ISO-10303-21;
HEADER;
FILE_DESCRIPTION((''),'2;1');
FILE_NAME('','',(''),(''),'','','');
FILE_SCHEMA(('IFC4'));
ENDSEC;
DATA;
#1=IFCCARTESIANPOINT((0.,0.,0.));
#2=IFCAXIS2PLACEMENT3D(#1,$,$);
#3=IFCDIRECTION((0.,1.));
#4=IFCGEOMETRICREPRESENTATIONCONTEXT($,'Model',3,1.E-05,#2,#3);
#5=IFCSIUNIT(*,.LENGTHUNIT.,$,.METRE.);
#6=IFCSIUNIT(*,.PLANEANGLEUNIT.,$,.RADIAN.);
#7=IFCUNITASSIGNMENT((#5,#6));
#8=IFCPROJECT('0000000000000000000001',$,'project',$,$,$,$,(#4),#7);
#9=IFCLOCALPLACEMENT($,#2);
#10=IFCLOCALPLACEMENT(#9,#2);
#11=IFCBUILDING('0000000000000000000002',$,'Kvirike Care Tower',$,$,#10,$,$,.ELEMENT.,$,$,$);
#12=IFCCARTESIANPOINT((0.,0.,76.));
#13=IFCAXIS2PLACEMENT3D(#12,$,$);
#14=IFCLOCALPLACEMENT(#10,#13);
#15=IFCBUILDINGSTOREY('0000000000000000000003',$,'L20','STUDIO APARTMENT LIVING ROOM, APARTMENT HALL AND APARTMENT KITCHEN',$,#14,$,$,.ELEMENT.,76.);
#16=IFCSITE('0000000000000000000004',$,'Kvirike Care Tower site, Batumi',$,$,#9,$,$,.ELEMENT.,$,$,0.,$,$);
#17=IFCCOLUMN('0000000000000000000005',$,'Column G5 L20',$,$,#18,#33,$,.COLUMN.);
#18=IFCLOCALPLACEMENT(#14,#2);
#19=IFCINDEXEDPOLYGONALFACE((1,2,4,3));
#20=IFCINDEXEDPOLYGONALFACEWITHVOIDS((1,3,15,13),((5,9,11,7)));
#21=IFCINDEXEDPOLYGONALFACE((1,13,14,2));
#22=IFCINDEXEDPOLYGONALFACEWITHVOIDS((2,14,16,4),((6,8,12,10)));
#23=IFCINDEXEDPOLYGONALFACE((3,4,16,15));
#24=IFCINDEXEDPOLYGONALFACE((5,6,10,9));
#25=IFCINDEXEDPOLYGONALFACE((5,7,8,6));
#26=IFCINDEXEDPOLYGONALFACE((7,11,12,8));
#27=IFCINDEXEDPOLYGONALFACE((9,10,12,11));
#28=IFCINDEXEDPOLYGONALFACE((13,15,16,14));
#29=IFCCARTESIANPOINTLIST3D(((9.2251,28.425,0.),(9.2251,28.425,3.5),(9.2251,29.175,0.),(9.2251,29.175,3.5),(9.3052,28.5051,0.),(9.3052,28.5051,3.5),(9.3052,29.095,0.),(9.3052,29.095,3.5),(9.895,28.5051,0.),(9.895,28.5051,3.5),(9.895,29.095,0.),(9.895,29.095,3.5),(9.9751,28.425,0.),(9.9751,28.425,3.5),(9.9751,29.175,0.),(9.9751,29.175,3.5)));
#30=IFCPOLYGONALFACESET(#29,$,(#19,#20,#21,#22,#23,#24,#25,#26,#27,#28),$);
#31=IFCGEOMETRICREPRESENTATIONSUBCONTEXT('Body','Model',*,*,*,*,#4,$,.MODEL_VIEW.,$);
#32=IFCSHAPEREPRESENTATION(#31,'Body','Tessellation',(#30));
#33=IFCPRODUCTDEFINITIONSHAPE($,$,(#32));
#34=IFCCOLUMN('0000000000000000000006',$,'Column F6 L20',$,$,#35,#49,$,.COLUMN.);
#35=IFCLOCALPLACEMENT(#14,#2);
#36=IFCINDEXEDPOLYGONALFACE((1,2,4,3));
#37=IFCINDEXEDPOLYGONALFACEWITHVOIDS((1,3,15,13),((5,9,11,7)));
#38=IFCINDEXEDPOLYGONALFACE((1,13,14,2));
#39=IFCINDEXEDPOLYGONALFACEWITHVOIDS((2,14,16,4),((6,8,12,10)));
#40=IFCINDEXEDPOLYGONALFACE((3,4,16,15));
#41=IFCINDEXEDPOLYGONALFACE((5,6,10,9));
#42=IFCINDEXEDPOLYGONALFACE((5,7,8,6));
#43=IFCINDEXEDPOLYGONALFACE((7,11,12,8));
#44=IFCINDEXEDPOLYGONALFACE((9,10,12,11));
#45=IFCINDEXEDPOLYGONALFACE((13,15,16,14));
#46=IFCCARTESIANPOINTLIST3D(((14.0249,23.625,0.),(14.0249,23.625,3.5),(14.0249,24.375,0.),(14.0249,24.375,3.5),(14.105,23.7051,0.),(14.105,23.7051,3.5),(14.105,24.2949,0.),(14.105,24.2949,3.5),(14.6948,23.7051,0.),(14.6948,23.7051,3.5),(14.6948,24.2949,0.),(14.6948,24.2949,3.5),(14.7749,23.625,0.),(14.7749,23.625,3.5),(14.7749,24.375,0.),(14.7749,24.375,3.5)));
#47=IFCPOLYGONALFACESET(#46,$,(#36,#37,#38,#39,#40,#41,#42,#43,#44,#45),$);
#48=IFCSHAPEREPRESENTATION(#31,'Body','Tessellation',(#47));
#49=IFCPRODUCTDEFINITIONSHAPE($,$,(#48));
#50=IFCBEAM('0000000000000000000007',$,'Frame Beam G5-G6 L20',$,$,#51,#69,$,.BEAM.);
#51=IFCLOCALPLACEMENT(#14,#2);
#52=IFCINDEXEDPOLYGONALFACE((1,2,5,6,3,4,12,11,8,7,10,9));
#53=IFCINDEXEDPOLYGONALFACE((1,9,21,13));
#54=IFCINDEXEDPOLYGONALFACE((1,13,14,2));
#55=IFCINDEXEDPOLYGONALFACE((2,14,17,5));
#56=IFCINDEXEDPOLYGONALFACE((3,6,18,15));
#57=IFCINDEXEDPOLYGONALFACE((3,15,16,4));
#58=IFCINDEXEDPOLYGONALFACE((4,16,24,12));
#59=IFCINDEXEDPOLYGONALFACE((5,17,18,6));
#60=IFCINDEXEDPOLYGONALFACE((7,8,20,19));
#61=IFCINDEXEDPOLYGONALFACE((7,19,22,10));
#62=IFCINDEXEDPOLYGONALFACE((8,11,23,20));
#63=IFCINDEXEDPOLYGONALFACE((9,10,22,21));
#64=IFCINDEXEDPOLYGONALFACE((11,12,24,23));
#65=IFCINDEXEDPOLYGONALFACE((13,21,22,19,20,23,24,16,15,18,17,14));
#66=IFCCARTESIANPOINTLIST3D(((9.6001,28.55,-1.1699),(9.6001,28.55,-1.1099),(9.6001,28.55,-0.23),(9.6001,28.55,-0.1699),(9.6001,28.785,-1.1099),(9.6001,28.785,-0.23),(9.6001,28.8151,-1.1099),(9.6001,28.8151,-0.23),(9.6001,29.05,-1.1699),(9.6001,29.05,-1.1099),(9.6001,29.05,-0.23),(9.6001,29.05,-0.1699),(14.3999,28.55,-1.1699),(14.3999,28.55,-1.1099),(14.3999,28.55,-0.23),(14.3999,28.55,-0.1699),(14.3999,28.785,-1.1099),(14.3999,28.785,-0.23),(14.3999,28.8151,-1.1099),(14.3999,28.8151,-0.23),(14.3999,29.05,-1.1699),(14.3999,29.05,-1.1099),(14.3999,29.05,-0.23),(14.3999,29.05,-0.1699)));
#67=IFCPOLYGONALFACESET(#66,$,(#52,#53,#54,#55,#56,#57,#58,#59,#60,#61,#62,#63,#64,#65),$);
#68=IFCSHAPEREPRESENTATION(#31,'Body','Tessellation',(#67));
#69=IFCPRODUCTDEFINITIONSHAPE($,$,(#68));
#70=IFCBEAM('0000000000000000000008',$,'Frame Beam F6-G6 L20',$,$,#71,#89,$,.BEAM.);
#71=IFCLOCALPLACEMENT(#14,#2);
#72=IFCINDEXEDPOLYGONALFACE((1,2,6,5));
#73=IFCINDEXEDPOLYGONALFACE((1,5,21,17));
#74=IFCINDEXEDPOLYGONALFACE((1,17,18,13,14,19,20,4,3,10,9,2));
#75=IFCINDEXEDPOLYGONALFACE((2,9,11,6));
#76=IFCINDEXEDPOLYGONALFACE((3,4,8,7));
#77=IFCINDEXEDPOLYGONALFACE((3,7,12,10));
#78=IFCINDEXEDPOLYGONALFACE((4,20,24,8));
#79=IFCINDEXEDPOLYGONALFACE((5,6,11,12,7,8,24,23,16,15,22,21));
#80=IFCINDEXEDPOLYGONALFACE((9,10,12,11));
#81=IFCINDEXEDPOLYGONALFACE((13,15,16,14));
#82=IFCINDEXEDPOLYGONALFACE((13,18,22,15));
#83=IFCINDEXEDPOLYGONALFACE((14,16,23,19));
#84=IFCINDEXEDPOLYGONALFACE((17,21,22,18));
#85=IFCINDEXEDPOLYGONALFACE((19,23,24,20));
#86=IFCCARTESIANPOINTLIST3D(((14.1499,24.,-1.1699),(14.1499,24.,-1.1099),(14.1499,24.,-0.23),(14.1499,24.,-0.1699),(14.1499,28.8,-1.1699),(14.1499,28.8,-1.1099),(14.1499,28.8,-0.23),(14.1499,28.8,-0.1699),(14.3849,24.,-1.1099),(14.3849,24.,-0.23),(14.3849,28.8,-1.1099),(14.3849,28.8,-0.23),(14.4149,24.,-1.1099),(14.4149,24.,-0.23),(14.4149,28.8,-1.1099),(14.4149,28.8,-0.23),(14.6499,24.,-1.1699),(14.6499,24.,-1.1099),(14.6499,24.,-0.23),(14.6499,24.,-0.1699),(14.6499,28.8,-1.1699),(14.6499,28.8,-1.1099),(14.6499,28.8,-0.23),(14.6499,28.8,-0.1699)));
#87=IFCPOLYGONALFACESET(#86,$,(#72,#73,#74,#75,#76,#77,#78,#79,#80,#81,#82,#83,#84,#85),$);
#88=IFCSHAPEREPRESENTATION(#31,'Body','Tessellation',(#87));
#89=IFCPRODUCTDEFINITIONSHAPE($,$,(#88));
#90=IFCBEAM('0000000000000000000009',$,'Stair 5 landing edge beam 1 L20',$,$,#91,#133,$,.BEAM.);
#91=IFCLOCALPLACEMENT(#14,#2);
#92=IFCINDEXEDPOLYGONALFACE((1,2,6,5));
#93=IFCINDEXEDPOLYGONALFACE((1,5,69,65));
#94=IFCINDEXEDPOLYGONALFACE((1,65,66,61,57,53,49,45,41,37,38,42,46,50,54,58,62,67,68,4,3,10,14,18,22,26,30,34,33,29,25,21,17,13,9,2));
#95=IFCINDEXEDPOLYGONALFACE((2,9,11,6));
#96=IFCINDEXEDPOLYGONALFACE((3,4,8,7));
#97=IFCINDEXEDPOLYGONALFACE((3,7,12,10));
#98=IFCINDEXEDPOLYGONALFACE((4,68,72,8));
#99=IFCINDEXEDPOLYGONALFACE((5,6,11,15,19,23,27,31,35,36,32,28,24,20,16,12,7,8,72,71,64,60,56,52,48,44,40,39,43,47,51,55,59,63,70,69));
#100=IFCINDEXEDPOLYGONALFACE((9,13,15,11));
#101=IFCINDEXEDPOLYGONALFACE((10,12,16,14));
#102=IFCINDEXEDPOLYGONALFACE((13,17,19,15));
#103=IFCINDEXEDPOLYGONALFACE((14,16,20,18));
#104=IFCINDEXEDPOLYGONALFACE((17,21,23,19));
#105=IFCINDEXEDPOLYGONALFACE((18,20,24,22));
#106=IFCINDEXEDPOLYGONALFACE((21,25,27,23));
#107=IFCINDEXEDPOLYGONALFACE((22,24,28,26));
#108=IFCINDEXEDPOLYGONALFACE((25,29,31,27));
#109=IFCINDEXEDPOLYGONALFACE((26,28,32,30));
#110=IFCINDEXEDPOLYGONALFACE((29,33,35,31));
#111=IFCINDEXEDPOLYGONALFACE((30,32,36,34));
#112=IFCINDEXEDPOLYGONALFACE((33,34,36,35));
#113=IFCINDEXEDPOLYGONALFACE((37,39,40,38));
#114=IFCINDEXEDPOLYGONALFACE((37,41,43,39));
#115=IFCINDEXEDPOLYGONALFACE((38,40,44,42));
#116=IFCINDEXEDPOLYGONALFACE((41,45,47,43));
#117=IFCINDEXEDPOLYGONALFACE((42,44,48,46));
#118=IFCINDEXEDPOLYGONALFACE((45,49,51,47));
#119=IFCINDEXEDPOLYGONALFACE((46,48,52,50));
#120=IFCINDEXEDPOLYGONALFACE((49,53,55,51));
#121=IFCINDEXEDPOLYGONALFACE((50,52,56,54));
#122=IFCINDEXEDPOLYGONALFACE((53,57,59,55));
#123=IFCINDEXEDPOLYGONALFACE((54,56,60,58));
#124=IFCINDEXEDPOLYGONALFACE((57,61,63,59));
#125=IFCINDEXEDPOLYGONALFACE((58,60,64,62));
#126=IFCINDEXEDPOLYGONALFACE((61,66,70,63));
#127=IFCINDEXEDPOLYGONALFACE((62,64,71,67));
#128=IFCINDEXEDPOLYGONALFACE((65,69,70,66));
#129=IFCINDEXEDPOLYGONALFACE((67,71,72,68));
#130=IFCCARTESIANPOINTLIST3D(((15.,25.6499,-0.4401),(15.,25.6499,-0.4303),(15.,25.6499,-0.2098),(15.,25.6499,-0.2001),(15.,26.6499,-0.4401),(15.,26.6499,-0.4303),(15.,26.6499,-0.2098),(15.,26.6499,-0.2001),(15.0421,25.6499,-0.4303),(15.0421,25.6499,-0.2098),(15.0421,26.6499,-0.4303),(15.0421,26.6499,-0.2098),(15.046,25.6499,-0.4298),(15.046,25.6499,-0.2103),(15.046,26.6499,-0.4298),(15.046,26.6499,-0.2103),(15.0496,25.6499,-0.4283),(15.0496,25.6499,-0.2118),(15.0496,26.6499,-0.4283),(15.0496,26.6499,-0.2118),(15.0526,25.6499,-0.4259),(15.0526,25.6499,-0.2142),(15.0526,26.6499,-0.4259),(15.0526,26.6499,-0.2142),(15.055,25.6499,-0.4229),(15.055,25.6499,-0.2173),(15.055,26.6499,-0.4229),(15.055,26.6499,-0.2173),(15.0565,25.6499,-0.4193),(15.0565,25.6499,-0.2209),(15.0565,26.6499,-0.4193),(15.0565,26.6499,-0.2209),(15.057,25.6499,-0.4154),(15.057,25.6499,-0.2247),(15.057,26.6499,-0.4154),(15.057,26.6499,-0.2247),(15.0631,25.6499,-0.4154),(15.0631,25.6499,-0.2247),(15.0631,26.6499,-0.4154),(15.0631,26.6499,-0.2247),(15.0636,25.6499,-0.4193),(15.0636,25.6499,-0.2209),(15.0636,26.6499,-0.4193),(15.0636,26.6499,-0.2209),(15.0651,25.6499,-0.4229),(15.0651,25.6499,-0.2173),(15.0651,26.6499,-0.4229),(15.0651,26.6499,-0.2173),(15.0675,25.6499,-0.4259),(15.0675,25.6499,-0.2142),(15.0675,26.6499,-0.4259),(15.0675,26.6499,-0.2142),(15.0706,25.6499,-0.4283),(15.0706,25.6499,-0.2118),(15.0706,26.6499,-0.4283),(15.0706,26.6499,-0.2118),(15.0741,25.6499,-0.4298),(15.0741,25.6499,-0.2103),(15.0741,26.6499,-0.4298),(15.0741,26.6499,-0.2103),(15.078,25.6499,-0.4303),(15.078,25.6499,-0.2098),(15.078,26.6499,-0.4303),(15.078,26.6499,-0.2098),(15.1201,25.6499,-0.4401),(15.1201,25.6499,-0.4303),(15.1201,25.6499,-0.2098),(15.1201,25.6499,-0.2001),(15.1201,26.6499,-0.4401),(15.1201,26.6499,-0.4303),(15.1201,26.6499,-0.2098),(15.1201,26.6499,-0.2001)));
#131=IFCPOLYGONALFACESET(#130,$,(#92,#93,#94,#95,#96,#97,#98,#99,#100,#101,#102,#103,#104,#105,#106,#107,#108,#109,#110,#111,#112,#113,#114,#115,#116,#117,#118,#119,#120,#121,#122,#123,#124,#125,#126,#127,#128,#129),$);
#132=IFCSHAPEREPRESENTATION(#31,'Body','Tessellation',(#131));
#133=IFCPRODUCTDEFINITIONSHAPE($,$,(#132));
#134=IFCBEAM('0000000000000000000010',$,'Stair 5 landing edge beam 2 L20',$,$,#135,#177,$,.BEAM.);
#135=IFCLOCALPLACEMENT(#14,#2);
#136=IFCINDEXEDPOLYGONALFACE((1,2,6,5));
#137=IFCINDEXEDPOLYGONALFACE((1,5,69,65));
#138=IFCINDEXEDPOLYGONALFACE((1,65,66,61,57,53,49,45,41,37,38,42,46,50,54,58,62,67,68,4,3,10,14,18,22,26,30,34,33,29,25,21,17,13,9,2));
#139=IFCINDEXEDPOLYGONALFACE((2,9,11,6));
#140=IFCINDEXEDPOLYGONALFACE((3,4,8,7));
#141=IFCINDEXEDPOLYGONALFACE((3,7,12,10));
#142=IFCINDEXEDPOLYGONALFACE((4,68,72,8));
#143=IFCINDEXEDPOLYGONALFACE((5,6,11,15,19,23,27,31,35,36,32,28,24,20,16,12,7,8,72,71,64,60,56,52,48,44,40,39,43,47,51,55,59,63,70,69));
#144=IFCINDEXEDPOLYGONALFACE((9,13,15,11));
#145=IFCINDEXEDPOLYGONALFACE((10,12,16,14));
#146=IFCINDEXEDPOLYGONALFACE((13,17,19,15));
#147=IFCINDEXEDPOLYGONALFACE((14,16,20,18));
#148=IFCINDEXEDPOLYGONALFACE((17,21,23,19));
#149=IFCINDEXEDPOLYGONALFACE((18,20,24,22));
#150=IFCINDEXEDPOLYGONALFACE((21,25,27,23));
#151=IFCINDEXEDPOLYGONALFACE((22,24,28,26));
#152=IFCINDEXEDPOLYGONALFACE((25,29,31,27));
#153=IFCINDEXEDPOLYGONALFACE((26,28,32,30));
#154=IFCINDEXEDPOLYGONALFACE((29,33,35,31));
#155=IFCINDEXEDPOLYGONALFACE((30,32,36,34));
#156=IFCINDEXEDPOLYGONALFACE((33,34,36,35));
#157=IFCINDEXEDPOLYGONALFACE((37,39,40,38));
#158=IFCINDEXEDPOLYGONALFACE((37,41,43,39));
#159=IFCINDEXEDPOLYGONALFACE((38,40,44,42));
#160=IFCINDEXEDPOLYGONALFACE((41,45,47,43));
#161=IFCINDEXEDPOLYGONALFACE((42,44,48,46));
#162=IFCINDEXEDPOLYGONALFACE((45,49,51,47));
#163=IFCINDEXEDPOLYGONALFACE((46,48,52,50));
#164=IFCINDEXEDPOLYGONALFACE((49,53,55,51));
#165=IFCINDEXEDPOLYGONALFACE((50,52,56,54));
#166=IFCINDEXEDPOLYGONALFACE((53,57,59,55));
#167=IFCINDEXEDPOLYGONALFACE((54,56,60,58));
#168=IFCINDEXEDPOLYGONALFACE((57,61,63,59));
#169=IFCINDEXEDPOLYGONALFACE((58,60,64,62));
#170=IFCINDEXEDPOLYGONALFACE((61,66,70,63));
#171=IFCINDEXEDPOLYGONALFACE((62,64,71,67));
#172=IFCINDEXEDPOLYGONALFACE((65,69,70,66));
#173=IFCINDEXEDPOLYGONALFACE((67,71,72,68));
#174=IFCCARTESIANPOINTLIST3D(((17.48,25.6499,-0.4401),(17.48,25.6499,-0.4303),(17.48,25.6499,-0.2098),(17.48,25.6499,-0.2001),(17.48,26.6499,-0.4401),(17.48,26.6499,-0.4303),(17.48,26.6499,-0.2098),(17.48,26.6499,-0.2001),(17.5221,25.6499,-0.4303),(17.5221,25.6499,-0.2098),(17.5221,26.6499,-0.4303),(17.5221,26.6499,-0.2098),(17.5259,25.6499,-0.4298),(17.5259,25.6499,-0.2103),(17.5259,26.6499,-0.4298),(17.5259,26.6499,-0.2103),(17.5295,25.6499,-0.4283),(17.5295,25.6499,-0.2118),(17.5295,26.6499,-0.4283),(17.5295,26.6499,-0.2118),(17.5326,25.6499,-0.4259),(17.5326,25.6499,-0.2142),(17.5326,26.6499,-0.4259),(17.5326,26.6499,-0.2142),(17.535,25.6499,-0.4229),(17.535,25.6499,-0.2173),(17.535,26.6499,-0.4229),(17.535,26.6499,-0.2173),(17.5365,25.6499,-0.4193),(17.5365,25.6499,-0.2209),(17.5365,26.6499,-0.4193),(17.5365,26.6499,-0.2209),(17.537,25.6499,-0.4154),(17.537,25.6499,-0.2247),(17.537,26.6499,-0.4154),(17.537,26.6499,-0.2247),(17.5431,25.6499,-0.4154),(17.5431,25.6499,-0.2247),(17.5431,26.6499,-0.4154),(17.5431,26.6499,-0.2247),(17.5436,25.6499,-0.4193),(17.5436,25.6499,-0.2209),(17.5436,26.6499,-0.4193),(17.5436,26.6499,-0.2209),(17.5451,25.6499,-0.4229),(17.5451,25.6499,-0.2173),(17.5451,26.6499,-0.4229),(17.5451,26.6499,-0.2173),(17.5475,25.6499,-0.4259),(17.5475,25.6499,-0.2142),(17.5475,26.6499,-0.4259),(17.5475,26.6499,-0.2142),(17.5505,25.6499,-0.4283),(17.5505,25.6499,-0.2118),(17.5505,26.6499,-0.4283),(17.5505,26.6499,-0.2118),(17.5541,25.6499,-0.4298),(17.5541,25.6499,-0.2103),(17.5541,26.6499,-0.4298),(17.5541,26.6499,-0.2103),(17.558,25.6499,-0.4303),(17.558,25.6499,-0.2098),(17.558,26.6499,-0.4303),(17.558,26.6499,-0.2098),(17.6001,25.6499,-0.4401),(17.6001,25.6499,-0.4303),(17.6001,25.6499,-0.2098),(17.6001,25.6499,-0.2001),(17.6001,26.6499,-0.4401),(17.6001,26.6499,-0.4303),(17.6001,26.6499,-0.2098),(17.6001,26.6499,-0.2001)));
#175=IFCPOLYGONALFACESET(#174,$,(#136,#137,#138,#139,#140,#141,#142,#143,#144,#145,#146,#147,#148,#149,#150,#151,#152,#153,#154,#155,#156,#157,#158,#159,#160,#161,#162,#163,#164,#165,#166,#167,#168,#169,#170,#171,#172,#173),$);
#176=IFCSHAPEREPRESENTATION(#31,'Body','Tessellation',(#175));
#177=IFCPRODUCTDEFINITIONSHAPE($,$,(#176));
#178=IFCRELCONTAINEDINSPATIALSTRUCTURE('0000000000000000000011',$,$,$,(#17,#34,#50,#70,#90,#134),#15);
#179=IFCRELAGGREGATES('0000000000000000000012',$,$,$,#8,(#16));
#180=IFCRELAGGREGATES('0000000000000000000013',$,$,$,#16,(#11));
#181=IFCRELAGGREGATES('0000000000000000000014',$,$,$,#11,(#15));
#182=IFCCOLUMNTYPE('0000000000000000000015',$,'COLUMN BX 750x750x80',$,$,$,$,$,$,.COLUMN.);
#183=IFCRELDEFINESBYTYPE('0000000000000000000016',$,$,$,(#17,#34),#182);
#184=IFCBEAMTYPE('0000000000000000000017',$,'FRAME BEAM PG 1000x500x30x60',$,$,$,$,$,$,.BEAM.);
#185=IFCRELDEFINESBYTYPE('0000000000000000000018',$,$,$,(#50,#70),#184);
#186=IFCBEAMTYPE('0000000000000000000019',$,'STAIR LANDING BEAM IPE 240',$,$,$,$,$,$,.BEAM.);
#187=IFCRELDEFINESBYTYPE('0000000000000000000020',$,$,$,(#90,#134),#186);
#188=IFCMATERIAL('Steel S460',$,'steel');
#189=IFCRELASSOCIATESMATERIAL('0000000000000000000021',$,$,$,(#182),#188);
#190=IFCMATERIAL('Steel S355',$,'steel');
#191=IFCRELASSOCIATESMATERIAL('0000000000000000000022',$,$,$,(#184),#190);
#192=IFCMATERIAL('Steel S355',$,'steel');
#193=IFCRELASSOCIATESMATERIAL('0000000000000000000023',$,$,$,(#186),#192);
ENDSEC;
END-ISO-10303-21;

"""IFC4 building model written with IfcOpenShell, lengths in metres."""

from ifc_helpers import new_model, si_unit, direction, frame, origin, origin_2d, place, context, subcontext, project, spatial, hollow_rectangle, i_section, extrude, material, material_profile, profile_set, type_object, element, save


model = new_model("IFC4")

# Units and contexts
model_context = context("Model", 3, precision=1e-05, world=origin(), true_north=direction((0.0, 1.0)))
body_context = subcontext(model_context, "Body", "Model", "MODEL_VIEW")
ifc_project = project(units=[si_unit("LENGTHUNIT", "METRE"), si_unit("PLANEANGLEUNIT", "RADIAN")], contexts=[model_context])

# Site, building, storey
site_placement = place(None, origin())
site = spatial("IfcSite", under=ifc_project, at=site_placement, Name="Kvirike Care Tower site, Batumi", CompositionType="ELEMENT", RefElevation=0.0)
building_placement = place(site_placement, origin())
building = spatial("IfcBuilding", under=site, at=building_placement, Name="Kvirike Care Tower", CompositionType="ELEMENT")
storey_placement = place(building_placement, frame((0.0, 0.0, 76.0)))
storey = spatial("IfcBuildingStorey", under=building, at=storey_placement, Name="L20", Description="STUDIO APARTMENT LIVING ROOM, APARTMENT HALL AND APARTMENT KITCHEN", CompositionType="ELEMENT", Elevation=76.0)

# Columns
ifc_material_1 = material(Name="Steel S460", Category="steel")
ifc_material_profile_1 = material_profile(ifc_material_1, hollow_rectangle(XDim=0.75, YDim=0.75, WallThickness=0.0801, at=origin_2d()), Name="BX 750x750x80")
ifc_profile_set_1 = profile_set([ifc_material_profile_1], Name="Steel S460")
column_type = type_object("IfcColumnType", Name="COLUMN BX 750x750x80", PredefinedType="COLUMN", material=ifc_profile_set_1)
for number, where, z_axis, x_axis, name in (
    (1, (9.6001, 28.8, 0.0), (0.0, 0.0, 1.0), (0.0, 1.0, 0.0), "Column G5 L20"),
    (2, (14.3999, 24.0, 0.0), (0.0, 0.0, 1.0), (1.0, 0.0, 0.0), "Column F6 L20"),
):
    element("IfcColumn", number, at=place(storey_placement, frame(where, z_axis=z_axis, x_axis=x_axis)), inside=storey, type_object=column_type, Name=name, PredefinedType="COLUMN", context=body_context, shape_type="SweptSolid", body=[
        extrude(hollow_rectangle(XDim=0.75, YDim=0.75, WallThickness=0.0801, at=origin_2d()), origin(), (0.0, 0.0, 1.0), 3.5),
    ])

# Beams
ifc_material_2 = material(Name="Steel S355", Category="steel")
ifc_material_profile_2 = material_profile(ifc_material_2, i_section(OverallWidth=0.5, OverallDepth=1.0, WebThickness=0.03, FlangeThickness=0.0601, at=origin_2d()), Name="PG 1000x500x30x60")
ifc_profile_set_2 = profile_set([ifc_material_profile_2], Name="Steel S355")
beam_type_1 = type_object("IfcBeamType", Name="FRAME BEAM PG 1000x500x30x60", PredefinedType="BEAM", material=ifc_profile_set_2)
beam_1_placement = place(storey_placement, frame((9.6001, 28.8, -0.6699), z_axis=(1.0, 0.0, 0.0), x_axis=(0.0, 1.0, 0.0)))
element("IfcBeam", 3, at=beam_1_placement, inside=storey, type_object=beam_type_1, Name="Frame Beam G5-G6 L20", PredefinedType="BEAM", context=body_context, shape_type="SweptSolid", body=[
    extrude(i_section(OverallWidth=0.5, OverallDepth=1.0, WebThickness=0.03, FlangeThickness=0.0601, at=origin_2d()), origin(), (0.0, 0.0, 1.0), 4.7998),
])
beam_2_placement = place(storey_placement, frame((14.3999, 24.0, -0.6699), z_axis=(0.0, 1.0, 0.0), x_axis=(-1.0, 0.0, 0.0)))
element("IfcBeam", 4, at=beam_2_placement, inside=storey, type_object=beam_type_1, Name="Frame Beam F6-G6 L20", PredefinedType="BEAM", context=body_context, shape_type="SweptSolid", body=[
    extrude(i_section(OverallWidth=0.5, OverallDepth=1.0, WebThickness=0.03, FlangeThickness=0.0601, at=origin_2d()), origin(), (0.0, 0.0, 1.0), 4.8),
])
ifc_material_3 = material(Name="Steel S355", Category="steel")
ifc_material_profile_3 = material_profile(ifc_material_3, i_section(OverallWidth=0.1201, OverallDepth=0.24, WebThickness=0.0061, FlangeThickness=0.0098, FilletRadius=0.0149, at=origin_2d()), Name="IPE 240")
ifc_profile_set_3 = profile_set([ifc_material_profile_3], Name="Steel S355")
beam_type_2 = type_object("IfcBeamType", Name="STAIR LANDING BEAM IPE 240", PredefinedType="BEAM", material=ifc_profile_set_3)
for number, where, z_axis, x_axis, name in (
    (5, (15.0601, 25.6499, -0.3201), (0.0, 1.0, 0.0), (-1.0, 0.0, 0.0), "Stair 5 landing edge beam 1 L20"),
    (6, (17.54, 25.6499, -0.3201), (0.0, 1.0, 0.0), (-1.0, 0.0, 0.0), "Stair 5 landing edge beam 2 L20"),
):
    element("IfcBeam", number, at=place(storey_placement, frame(where, z_axis=z_axis, x_axis=x_axis)), inside=storey, type_object=beam_type_2, Name=name, PredefinedType="BEAM", context=body_context, shape_type="SweptSolid", body=[
        extrude(i_section(OverallWidth=0.1201, OverallDepth=0.24, WebThickness=0.0061, FlangeThickness=0.0098, FilletRadius=0.0149, at=origin_2d()), origin(), (0.0, 0.0, 1.0), 1.0),
    ])

save(model, "model.ifc")
